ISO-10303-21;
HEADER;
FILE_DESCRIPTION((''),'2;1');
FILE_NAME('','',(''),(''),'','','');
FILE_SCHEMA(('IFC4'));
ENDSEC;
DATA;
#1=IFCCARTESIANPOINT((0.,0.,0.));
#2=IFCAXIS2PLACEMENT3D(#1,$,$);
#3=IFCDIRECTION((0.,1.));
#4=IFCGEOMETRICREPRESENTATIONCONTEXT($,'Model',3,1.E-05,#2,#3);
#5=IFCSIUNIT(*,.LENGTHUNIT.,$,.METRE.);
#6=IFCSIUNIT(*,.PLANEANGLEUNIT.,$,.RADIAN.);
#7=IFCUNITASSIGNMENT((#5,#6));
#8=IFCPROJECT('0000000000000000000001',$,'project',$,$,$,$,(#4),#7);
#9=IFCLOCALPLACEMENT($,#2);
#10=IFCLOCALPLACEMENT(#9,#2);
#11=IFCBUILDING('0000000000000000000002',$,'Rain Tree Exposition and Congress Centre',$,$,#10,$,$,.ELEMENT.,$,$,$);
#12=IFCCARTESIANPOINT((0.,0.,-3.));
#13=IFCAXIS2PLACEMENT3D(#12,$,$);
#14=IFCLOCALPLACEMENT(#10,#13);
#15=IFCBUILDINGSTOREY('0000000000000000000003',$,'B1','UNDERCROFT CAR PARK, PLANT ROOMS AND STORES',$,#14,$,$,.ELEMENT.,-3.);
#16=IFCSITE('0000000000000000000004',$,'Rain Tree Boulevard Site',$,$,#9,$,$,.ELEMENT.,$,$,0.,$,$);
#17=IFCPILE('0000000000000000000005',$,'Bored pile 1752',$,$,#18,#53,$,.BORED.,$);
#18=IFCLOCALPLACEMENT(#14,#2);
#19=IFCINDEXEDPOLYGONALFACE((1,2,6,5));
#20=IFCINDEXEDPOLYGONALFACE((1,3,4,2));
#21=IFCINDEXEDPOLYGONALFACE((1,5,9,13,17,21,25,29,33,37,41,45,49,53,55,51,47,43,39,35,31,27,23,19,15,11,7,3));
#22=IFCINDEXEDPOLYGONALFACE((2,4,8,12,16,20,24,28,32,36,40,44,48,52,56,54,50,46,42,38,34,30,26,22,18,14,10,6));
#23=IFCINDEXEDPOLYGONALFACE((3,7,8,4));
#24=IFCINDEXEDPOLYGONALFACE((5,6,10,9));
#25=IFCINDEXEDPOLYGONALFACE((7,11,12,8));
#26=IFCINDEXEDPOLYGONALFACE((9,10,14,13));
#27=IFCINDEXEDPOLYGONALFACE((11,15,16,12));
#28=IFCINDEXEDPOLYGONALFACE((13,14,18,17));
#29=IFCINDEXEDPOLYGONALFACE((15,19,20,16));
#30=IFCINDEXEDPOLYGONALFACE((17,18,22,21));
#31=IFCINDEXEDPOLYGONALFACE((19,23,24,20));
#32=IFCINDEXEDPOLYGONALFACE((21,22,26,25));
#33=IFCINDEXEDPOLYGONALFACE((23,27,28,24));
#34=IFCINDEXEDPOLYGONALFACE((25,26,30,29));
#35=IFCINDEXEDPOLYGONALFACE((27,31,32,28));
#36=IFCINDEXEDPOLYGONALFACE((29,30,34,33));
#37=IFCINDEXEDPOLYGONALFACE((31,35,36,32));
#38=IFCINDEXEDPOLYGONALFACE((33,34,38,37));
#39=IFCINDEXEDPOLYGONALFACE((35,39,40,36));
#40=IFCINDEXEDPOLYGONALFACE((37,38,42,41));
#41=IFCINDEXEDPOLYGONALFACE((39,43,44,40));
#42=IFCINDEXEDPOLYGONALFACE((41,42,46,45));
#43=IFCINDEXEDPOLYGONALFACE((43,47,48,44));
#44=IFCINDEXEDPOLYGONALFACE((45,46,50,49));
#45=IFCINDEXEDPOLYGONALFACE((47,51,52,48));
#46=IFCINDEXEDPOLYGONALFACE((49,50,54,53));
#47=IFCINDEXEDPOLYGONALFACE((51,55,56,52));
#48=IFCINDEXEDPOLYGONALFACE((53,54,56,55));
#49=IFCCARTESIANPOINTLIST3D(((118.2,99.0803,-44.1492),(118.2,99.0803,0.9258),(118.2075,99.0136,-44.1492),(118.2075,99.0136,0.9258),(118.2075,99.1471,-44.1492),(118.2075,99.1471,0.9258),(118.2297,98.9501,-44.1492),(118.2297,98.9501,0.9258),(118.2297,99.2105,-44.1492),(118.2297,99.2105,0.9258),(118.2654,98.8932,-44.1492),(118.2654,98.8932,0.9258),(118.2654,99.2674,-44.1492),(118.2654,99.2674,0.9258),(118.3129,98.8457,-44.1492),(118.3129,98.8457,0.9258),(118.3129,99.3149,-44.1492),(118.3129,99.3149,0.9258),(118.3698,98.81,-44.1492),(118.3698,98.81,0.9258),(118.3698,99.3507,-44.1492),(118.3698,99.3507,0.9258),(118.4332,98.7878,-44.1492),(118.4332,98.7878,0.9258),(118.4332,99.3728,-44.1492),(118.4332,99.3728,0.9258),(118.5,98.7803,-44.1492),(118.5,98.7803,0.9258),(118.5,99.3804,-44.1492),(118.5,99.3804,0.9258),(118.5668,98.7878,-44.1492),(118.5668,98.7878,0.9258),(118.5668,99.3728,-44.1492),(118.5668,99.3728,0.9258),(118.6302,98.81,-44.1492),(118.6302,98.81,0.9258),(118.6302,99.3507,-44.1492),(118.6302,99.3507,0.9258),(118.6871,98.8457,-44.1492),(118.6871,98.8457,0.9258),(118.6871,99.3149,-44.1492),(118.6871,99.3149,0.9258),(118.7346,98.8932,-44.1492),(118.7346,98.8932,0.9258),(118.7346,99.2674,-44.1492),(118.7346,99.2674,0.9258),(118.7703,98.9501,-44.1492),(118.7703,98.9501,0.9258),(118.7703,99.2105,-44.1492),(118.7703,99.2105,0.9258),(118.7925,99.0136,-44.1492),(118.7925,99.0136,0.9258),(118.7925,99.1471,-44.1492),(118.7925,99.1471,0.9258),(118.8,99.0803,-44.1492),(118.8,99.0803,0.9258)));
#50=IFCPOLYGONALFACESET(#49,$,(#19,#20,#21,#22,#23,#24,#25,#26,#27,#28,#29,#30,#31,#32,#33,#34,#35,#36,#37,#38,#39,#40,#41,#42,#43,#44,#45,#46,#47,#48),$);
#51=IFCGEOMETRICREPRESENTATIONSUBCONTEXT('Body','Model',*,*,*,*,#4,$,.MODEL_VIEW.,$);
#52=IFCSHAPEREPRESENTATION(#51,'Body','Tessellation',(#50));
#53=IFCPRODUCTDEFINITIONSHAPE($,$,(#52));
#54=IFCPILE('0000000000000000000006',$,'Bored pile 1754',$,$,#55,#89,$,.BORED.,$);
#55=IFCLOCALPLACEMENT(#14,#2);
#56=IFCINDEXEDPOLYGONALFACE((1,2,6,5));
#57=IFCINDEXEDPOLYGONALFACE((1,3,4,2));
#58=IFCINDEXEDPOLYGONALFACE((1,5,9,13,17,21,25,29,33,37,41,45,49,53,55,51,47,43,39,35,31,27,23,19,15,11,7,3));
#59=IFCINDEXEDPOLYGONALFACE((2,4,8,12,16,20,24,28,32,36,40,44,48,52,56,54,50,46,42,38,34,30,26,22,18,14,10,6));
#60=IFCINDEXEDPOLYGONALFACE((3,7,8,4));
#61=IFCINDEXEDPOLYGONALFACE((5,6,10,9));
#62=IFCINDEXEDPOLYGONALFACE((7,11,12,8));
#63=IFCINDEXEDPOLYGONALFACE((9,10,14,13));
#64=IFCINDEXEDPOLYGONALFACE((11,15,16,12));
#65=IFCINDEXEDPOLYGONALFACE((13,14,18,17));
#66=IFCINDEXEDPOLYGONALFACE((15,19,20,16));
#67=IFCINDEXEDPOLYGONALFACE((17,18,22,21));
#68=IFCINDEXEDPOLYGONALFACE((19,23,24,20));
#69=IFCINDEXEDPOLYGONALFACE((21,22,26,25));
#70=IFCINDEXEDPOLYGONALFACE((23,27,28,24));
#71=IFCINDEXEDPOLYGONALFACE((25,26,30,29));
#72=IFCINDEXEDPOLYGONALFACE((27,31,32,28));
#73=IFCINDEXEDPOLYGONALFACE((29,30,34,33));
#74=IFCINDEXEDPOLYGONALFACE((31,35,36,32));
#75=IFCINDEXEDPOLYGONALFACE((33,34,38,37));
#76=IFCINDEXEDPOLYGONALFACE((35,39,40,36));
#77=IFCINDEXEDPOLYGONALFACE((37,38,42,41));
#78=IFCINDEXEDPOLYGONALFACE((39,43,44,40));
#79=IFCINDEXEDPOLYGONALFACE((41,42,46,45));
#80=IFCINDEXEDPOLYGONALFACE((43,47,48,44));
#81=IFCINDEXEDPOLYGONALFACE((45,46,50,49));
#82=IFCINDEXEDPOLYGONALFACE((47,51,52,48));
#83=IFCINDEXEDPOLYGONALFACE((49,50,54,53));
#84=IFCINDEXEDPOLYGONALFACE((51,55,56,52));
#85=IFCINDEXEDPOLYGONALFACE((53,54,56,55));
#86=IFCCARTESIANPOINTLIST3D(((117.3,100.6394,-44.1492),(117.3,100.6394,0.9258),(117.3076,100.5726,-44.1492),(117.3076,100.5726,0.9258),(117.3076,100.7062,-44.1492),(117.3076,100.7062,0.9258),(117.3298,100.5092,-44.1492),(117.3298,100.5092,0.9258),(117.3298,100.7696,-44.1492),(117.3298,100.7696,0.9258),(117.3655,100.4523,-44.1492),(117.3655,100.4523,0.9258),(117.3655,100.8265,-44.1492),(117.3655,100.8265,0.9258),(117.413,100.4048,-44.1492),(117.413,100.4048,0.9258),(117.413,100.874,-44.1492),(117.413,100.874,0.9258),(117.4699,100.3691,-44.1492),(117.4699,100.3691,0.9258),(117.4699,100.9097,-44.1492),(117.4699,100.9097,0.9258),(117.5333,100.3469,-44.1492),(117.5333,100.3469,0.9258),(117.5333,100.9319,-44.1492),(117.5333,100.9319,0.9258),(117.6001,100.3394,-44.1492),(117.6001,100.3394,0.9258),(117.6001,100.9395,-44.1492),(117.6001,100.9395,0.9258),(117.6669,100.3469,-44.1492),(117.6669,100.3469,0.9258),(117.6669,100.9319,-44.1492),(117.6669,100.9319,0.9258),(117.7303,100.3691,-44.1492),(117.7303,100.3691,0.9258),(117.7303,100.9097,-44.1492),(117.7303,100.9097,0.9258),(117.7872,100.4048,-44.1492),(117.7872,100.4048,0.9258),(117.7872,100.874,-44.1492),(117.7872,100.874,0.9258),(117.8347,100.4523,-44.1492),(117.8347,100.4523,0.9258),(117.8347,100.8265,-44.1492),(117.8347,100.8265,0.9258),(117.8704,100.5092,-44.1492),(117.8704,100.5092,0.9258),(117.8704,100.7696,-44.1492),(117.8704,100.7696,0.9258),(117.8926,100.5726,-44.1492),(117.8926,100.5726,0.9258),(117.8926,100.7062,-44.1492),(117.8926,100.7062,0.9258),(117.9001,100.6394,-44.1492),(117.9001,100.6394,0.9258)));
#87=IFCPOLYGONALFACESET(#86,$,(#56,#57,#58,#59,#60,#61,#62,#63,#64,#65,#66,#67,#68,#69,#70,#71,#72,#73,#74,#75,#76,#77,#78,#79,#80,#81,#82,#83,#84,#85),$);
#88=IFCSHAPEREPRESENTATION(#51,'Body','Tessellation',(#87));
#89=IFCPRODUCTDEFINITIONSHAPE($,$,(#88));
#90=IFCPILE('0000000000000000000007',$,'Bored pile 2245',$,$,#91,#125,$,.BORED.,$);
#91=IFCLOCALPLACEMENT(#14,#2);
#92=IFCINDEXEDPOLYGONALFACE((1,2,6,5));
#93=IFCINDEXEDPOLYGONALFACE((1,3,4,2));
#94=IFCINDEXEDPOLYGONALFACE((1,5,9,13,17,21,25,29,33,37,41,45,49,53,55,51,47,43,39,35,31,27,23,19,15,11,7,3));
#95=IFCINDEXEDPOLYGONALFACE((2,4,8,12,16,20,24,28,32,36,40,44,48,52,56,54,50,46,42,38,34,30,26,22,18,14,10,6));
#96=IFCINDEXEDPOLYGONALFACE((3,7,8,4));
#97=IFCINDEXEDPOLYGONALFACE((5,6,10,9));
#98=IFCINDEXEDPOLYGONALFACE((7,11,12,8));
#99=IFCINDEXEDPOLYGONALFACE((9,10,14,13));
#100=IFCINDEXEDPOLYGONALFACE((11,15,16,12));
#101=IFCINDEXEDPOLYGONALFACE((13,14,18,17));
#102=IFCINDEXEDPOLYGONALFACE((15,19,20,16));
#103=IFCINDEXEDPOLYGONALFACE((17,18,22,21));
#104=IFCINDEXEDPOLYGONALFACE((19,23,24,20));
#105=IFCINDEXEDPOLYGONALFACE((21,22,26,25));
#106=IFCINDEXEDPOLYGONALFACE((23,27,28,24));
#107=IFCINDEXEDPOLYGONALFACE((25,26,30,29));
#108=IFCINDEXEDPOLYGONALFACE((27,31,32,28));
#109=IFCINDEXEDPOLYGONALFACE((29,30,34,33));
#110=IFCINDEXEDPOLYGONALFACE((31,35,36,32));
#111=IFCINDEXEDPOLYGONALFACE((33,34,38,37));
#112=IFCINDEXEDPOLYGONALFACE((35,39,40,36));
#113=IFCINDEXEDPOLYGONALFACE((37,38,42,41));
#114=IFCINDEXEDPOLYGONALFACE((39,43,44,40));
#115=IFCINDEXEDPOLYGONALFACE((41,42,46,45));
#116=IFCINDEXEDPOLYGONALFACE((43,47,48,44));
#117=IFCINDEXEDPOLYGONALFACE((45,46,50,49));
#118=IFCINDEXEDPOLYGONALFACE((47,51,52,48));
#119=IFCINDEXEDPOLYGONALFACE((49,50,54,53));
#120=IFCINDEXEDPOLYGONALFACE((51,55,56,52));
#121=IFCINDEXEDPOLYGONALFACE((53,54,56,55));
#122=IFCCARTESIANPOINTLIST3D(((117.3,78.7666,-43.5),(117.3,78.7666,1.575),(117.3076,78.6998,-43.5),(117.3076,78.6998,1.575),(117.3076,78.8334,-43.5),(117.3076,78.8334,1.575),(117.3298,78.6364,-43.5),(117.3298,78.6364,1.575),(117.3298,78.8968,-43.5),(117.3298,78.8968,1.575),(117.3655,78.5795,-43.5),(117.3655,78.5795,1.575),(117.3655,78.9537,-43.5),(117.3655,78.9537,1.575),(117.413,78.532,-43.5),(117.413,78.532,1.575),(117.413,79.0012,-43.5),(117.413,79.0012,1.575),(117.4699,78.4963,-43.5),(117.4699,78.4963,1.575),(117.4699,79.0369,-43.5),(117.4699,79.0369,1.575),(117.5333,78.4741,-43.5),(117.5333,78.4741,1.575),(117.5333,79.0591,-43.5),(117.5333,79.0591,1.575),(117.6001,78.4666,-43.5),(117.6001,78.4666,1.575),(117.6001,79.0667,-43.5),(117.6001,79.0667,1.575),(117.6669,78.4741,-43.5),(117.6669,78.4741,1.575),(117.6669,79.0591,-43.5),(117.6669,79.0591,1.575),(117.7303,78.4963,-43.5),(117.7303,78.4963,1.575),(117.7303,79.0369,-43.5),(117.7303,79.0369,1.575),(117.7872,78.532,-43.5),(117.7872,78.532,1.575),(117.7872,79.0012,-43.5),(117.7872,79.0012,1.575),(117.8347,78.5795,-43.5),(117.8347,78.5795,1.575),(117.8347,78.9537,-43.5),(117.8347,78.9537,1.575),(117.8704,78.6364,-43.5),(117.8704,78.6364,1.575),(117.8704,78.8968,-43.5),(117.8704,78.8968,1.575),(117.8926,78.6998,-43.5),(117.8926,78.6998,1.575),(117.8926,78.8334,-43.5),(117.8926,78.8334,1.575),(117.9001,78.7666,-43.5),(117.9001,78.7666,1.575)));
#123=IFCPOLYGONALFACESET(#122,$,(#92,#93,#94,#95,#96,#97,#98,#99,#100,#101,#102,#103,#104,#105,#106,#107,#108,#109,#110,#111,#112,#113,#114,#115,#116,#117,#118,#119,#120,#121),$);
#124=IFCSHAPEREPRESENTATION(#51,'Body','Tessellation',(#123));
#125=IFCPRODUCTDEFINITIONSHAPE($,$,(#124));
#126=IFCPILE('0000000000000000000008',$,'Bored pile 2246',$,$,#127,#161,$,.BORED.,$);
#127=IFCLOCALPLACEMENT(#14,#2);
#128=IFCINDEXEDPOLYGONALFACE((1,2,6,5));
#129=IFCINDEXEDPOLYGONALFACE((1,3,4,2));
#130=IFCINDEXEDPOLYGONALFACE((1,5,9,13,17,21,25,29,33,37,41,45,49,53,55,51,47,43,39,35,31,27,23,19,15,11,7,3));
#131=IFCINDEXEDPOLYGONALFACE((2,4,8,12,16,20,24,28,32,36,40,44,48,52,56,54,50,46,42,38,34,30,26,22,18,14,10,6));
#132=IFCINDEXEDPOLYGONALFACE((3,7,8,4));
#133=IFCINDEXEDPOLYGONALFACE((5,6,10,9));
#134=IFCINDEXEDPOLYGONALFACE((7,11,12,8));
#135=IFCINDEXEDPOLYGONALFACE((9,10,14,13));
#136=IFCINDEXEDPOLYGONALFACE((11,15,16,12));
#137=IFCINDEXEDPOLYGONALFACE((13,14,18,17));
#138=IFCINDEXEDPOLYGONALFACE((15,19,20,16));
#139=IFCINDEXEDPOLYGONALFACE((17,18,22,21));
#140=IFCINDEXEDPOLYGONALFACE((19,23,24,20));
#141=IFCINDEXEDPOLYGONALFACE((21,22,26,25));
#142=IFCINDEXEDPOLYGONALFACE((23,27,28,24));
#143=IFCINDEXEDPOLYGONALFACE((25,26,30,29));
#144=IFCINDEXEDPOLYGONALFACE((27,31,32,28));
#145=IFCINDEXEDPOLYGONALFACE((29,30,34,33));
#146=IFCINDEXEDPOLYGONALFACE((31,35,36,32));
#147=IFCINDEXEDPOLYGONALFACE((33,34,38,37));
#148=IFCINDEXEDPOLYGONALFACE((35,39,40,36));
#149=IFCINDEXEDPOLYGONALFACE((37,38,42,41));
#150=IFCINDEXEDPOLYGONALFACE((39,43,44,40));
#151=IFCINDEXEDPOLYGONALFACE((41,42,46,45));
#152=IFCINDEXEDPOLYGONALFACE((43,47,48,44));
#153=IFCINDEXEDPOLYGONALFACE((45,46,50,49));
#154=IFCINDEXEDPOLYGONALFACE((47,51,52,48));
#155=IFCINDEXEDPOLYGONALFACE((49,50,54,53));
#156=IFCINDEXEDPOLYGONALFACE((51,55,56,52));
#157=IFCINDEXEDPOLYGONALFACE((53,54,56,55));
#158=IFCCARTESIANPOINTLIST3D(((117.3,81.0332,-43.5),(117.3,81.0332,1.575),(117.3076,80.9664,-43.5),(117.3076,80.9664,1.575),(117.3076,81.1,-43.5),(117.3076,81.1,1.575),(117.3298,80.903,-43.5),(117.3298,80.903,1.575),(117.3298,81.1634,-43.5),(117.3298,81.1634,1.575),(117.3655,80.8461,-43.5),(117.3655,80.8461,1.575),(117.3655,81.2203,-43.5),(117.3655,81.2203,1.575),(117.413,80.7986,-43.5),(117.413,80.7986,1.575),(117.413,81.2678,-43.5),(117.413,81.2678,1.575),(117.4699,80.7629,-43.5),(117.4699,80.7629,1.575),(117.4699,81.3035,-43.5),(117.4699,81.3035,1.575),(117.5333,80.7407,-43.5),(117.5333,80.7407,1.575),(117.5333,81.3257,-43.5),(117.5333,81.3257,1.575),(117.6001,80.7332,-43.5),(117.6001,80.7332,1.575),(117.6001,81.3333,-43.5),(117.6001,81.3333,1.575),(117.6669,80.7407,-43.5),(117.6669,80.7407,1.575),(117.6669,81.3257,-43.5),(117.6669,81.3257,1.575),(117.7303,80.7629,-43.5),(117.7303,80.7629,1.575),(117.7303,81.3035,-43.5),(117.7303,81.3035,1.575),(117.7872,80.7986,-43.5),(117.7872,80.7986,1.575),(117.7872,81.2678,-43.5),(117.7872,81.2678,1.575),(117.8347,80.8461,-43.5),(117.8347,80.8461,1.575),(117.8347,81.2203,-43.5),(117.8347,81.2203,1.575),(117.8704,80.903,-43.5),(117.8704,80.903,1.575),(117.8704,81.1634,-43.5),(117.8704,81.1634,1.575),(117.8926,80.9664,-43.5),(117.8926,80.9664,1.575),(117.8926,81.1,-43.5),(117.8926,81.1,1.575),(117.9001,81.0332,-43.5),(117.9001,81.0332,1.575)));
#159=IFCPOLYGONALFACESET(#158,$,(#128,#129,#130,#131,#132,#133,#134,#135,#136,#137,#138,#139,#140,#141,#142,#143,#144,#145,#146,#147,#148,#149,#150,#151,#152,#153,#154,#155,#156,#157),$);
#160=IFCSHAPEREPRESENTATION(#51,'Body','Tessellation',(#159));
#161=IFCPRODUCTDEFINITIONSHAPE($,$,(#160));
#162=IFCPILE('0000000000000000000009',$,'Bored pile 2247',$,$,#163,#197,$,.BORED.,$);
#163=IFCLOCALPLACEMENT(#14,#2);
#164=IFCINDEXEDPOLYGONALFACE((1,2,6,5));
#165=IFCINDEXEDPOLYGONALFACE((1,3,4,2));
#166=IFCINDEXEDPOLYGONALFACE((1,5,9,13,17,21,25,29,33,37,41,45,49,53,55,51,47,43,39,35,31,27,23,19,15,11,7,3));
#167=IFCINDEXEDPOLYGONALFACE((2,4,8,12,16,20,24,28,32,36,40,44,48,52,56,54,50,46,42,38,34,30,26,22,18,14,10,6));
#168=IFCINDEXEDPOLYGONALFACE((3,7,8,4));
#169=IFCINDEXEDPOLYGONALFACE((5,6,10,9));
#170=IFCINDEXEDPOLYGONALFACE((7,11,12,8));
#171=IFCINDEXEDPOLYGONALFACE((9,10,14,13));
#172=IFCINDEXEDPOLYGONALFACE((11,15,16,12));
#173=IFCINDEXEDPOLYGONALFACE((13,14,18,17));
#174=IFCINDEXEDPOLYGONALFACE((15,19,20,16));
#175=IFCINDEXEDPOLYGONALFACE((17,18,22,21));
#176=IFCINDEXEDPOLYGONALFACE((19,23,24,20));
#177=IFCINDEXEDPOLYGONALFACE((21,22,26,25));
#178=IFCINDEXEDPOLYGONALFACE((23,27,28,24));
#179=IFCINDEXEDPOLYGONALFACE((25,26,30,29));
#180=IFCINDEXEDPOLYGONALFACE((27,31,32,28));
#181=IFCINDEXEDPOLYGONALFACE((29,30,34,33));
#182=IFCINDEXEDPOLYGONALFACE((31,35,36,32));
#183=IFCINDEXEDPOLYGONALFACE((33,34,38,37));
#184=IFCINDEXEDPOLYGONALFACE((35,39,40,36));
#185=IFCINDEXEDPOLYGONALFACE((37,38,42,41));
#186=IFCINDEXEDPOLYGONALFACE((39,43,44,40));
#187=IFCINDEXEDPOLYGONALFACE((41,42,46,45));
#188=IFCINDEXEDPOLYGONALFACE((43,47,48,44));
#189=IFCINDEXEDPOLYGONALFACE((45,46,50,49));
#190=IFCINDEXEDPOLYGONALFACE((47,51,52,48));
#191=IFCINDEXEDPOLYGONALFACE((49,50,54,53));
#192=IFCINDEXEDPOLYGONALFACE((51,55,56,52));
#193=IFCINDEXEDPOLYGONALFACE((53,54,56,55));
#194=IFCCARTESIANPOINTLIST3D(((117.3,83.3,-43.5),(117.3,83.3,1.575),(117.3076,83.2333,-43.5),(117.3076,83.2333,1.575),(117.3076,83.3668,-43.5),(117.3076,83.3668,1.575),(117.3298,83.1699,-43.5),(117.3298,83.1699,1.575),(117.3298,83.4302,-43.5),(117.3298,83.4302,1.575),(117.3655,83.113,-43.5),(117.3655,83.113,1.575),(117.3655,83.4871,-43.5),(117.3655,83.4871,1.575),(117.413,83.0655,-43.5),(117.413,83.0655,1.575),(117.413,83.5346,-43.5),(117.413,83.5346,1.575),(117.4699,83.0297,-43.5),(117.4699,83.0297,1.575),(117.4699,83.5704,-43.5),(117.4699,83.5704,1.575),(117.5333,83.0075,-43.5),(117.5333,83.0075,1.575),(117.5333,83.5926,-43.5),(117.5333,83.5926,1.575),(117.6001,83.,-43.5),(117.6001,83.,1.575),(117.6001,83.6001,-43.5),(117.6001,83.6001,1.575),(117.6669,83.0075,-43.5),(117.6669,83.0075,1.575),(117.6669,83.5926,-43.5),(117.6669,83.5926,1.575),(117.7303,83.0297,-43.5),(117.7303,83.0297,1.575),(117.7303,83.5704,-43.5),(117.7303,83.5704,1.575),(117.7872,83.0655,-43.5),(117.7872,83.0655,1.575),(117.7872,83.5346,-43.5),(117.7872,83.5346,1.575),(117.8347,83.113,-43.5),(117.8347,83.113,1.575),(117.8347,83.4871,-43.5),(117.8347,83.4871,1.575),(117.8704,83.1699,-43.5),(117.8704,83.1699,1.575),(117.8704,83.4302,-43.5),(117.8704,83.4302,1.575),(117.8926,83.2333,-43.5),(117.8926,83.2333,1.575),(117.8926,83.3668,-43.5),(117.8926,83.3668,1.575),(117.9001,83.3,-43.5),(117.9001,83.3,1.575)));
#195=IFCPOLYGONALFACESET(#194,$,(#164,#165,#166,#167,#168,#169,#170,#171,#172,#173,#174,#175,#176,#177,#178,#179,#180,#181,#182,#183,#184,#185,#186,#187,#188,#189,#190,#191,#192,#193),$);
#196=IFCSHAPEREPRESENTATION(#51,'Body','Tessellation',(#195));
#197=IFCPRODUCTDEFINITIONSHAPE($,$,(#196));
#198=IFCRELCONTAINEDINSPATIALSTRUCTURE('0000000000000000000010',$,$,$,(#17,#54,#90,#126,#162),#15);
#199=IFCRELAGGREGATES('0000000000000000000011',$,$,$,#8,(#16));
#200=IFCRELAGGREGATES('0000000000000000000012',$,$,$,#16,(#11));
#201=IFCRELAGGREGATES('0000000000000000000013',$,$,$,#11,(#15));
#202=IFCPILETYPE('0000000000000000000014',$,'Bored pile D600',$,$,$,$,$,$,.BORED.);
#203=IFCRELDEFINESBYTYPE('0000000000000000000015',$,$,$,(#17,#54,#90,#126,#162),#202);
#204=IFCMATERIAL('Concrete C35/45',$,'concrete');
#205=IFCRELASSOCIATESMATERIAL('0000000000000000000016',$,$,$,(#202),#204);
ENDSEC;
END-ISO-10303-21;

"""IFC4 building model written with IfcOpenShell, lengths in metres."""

from ifc_helpers import new_model, si_unit, direction, frame, origin, origin_2d, place, context, subcontext, project, spatial, circle, extrude, material, material_profile, profile_set, type_object, element, save


model = new_model("IFC4")

# Units and contexts
model_context = context("Model", 3, precision=1e-05, world=origin(), true_north=direction((0.0, 1.0)))
body_context = subcontext(model_context, "Body", "Model", "MODEL_VIEW")
ifc_project = project(units=[si_unit("LENGTHUNIT", "METRE"), si_unit("PLANEANGLEUNIT", "RADIAN")], contexts=[model_context])

# Site, building, storey
site_placement = place(None, origin())
site = spatial("IfcSite", under=ifc_project, at=site_placement, Name="Rain Tree Boulevard Site", CompositionType="ELEMENT", RefElevation=0.0)
building_placement = place(site_placement, origin())
building = spatial("IfcBuilding", under=site, at=building_placement, Name="Rain Tree Exposition and Congress Centre", CompositionType="ELEMENT")
storey_placement = place(building_placement, frame((0.0, 0.0, -3.0)))
storey = spatial("IfcBuildingStorey", under=building, at=storey_placement, Name="B1", Description="UNDERCROFT CAR PARK, PLANT ROOMS AND STORES", CompositionType="ELEMENT", Elevation=-3.0)

# Piles
ifc_material_1 = material(Name="Concrete C35/45", Category="concrete")
ifc_material_profile_1 = material_profile(ifc_material_1, circle(Radius=0.3, at=origin_2d()), Name="D600")
ifc_profile_set_1 = profile_set([ifc_material_profile_1], Name="Concrete C35/45")
pile_type_1 = type_object("IfcPileType", Name="Bored pile D600", PredefinedType="BORED", material=ifc_profile_set_1)
for number, where, z_axis, x_axis, name in (
    (1, (118.5, 99.0803, 0.9258), (0.0, 0.0, -1.0), (1.0, 0.0, 0.0), "Bored pile 1752"),
    (2, (117.6001, 100.6394, 0.9258), (0.0, 0.0, -1.0), (1.0, 0.0, 0.0), "Bored pile 1754"),
    (3, (117.6001, 78.7666, 1.575), (0.0, 0.0, -1.0), (1.0, 0.0, 0.0), "Bored pile 2245"),
    (4, (117.6001, 81.0332, 1.575), (0.0, 0.0, -1.0), (1.0, 0.0, 0.0), "Bored pile 2246"),
    (5, (117.6001, 83.3, 1.575), (0.0, 0.0, -1.0), (1.0, 0.0, 0.0), "Bored pile 2247"),
):
    element("IfcPile", number, at=place(storey_placement, frame(where, z_axis=z_axis, x_axis=x_axis)), inside=storey, type_object=pile_type_1, Name=name, PredefinedType="BORED", context=body_context, shape_type="SweptSolid", body=[
        extrude(circle(Radius=0.3, at=origin_2d()), origin(), (0.0, 0.0, 1.0), 45.075),
    ])

save(model, "model.ifc")
